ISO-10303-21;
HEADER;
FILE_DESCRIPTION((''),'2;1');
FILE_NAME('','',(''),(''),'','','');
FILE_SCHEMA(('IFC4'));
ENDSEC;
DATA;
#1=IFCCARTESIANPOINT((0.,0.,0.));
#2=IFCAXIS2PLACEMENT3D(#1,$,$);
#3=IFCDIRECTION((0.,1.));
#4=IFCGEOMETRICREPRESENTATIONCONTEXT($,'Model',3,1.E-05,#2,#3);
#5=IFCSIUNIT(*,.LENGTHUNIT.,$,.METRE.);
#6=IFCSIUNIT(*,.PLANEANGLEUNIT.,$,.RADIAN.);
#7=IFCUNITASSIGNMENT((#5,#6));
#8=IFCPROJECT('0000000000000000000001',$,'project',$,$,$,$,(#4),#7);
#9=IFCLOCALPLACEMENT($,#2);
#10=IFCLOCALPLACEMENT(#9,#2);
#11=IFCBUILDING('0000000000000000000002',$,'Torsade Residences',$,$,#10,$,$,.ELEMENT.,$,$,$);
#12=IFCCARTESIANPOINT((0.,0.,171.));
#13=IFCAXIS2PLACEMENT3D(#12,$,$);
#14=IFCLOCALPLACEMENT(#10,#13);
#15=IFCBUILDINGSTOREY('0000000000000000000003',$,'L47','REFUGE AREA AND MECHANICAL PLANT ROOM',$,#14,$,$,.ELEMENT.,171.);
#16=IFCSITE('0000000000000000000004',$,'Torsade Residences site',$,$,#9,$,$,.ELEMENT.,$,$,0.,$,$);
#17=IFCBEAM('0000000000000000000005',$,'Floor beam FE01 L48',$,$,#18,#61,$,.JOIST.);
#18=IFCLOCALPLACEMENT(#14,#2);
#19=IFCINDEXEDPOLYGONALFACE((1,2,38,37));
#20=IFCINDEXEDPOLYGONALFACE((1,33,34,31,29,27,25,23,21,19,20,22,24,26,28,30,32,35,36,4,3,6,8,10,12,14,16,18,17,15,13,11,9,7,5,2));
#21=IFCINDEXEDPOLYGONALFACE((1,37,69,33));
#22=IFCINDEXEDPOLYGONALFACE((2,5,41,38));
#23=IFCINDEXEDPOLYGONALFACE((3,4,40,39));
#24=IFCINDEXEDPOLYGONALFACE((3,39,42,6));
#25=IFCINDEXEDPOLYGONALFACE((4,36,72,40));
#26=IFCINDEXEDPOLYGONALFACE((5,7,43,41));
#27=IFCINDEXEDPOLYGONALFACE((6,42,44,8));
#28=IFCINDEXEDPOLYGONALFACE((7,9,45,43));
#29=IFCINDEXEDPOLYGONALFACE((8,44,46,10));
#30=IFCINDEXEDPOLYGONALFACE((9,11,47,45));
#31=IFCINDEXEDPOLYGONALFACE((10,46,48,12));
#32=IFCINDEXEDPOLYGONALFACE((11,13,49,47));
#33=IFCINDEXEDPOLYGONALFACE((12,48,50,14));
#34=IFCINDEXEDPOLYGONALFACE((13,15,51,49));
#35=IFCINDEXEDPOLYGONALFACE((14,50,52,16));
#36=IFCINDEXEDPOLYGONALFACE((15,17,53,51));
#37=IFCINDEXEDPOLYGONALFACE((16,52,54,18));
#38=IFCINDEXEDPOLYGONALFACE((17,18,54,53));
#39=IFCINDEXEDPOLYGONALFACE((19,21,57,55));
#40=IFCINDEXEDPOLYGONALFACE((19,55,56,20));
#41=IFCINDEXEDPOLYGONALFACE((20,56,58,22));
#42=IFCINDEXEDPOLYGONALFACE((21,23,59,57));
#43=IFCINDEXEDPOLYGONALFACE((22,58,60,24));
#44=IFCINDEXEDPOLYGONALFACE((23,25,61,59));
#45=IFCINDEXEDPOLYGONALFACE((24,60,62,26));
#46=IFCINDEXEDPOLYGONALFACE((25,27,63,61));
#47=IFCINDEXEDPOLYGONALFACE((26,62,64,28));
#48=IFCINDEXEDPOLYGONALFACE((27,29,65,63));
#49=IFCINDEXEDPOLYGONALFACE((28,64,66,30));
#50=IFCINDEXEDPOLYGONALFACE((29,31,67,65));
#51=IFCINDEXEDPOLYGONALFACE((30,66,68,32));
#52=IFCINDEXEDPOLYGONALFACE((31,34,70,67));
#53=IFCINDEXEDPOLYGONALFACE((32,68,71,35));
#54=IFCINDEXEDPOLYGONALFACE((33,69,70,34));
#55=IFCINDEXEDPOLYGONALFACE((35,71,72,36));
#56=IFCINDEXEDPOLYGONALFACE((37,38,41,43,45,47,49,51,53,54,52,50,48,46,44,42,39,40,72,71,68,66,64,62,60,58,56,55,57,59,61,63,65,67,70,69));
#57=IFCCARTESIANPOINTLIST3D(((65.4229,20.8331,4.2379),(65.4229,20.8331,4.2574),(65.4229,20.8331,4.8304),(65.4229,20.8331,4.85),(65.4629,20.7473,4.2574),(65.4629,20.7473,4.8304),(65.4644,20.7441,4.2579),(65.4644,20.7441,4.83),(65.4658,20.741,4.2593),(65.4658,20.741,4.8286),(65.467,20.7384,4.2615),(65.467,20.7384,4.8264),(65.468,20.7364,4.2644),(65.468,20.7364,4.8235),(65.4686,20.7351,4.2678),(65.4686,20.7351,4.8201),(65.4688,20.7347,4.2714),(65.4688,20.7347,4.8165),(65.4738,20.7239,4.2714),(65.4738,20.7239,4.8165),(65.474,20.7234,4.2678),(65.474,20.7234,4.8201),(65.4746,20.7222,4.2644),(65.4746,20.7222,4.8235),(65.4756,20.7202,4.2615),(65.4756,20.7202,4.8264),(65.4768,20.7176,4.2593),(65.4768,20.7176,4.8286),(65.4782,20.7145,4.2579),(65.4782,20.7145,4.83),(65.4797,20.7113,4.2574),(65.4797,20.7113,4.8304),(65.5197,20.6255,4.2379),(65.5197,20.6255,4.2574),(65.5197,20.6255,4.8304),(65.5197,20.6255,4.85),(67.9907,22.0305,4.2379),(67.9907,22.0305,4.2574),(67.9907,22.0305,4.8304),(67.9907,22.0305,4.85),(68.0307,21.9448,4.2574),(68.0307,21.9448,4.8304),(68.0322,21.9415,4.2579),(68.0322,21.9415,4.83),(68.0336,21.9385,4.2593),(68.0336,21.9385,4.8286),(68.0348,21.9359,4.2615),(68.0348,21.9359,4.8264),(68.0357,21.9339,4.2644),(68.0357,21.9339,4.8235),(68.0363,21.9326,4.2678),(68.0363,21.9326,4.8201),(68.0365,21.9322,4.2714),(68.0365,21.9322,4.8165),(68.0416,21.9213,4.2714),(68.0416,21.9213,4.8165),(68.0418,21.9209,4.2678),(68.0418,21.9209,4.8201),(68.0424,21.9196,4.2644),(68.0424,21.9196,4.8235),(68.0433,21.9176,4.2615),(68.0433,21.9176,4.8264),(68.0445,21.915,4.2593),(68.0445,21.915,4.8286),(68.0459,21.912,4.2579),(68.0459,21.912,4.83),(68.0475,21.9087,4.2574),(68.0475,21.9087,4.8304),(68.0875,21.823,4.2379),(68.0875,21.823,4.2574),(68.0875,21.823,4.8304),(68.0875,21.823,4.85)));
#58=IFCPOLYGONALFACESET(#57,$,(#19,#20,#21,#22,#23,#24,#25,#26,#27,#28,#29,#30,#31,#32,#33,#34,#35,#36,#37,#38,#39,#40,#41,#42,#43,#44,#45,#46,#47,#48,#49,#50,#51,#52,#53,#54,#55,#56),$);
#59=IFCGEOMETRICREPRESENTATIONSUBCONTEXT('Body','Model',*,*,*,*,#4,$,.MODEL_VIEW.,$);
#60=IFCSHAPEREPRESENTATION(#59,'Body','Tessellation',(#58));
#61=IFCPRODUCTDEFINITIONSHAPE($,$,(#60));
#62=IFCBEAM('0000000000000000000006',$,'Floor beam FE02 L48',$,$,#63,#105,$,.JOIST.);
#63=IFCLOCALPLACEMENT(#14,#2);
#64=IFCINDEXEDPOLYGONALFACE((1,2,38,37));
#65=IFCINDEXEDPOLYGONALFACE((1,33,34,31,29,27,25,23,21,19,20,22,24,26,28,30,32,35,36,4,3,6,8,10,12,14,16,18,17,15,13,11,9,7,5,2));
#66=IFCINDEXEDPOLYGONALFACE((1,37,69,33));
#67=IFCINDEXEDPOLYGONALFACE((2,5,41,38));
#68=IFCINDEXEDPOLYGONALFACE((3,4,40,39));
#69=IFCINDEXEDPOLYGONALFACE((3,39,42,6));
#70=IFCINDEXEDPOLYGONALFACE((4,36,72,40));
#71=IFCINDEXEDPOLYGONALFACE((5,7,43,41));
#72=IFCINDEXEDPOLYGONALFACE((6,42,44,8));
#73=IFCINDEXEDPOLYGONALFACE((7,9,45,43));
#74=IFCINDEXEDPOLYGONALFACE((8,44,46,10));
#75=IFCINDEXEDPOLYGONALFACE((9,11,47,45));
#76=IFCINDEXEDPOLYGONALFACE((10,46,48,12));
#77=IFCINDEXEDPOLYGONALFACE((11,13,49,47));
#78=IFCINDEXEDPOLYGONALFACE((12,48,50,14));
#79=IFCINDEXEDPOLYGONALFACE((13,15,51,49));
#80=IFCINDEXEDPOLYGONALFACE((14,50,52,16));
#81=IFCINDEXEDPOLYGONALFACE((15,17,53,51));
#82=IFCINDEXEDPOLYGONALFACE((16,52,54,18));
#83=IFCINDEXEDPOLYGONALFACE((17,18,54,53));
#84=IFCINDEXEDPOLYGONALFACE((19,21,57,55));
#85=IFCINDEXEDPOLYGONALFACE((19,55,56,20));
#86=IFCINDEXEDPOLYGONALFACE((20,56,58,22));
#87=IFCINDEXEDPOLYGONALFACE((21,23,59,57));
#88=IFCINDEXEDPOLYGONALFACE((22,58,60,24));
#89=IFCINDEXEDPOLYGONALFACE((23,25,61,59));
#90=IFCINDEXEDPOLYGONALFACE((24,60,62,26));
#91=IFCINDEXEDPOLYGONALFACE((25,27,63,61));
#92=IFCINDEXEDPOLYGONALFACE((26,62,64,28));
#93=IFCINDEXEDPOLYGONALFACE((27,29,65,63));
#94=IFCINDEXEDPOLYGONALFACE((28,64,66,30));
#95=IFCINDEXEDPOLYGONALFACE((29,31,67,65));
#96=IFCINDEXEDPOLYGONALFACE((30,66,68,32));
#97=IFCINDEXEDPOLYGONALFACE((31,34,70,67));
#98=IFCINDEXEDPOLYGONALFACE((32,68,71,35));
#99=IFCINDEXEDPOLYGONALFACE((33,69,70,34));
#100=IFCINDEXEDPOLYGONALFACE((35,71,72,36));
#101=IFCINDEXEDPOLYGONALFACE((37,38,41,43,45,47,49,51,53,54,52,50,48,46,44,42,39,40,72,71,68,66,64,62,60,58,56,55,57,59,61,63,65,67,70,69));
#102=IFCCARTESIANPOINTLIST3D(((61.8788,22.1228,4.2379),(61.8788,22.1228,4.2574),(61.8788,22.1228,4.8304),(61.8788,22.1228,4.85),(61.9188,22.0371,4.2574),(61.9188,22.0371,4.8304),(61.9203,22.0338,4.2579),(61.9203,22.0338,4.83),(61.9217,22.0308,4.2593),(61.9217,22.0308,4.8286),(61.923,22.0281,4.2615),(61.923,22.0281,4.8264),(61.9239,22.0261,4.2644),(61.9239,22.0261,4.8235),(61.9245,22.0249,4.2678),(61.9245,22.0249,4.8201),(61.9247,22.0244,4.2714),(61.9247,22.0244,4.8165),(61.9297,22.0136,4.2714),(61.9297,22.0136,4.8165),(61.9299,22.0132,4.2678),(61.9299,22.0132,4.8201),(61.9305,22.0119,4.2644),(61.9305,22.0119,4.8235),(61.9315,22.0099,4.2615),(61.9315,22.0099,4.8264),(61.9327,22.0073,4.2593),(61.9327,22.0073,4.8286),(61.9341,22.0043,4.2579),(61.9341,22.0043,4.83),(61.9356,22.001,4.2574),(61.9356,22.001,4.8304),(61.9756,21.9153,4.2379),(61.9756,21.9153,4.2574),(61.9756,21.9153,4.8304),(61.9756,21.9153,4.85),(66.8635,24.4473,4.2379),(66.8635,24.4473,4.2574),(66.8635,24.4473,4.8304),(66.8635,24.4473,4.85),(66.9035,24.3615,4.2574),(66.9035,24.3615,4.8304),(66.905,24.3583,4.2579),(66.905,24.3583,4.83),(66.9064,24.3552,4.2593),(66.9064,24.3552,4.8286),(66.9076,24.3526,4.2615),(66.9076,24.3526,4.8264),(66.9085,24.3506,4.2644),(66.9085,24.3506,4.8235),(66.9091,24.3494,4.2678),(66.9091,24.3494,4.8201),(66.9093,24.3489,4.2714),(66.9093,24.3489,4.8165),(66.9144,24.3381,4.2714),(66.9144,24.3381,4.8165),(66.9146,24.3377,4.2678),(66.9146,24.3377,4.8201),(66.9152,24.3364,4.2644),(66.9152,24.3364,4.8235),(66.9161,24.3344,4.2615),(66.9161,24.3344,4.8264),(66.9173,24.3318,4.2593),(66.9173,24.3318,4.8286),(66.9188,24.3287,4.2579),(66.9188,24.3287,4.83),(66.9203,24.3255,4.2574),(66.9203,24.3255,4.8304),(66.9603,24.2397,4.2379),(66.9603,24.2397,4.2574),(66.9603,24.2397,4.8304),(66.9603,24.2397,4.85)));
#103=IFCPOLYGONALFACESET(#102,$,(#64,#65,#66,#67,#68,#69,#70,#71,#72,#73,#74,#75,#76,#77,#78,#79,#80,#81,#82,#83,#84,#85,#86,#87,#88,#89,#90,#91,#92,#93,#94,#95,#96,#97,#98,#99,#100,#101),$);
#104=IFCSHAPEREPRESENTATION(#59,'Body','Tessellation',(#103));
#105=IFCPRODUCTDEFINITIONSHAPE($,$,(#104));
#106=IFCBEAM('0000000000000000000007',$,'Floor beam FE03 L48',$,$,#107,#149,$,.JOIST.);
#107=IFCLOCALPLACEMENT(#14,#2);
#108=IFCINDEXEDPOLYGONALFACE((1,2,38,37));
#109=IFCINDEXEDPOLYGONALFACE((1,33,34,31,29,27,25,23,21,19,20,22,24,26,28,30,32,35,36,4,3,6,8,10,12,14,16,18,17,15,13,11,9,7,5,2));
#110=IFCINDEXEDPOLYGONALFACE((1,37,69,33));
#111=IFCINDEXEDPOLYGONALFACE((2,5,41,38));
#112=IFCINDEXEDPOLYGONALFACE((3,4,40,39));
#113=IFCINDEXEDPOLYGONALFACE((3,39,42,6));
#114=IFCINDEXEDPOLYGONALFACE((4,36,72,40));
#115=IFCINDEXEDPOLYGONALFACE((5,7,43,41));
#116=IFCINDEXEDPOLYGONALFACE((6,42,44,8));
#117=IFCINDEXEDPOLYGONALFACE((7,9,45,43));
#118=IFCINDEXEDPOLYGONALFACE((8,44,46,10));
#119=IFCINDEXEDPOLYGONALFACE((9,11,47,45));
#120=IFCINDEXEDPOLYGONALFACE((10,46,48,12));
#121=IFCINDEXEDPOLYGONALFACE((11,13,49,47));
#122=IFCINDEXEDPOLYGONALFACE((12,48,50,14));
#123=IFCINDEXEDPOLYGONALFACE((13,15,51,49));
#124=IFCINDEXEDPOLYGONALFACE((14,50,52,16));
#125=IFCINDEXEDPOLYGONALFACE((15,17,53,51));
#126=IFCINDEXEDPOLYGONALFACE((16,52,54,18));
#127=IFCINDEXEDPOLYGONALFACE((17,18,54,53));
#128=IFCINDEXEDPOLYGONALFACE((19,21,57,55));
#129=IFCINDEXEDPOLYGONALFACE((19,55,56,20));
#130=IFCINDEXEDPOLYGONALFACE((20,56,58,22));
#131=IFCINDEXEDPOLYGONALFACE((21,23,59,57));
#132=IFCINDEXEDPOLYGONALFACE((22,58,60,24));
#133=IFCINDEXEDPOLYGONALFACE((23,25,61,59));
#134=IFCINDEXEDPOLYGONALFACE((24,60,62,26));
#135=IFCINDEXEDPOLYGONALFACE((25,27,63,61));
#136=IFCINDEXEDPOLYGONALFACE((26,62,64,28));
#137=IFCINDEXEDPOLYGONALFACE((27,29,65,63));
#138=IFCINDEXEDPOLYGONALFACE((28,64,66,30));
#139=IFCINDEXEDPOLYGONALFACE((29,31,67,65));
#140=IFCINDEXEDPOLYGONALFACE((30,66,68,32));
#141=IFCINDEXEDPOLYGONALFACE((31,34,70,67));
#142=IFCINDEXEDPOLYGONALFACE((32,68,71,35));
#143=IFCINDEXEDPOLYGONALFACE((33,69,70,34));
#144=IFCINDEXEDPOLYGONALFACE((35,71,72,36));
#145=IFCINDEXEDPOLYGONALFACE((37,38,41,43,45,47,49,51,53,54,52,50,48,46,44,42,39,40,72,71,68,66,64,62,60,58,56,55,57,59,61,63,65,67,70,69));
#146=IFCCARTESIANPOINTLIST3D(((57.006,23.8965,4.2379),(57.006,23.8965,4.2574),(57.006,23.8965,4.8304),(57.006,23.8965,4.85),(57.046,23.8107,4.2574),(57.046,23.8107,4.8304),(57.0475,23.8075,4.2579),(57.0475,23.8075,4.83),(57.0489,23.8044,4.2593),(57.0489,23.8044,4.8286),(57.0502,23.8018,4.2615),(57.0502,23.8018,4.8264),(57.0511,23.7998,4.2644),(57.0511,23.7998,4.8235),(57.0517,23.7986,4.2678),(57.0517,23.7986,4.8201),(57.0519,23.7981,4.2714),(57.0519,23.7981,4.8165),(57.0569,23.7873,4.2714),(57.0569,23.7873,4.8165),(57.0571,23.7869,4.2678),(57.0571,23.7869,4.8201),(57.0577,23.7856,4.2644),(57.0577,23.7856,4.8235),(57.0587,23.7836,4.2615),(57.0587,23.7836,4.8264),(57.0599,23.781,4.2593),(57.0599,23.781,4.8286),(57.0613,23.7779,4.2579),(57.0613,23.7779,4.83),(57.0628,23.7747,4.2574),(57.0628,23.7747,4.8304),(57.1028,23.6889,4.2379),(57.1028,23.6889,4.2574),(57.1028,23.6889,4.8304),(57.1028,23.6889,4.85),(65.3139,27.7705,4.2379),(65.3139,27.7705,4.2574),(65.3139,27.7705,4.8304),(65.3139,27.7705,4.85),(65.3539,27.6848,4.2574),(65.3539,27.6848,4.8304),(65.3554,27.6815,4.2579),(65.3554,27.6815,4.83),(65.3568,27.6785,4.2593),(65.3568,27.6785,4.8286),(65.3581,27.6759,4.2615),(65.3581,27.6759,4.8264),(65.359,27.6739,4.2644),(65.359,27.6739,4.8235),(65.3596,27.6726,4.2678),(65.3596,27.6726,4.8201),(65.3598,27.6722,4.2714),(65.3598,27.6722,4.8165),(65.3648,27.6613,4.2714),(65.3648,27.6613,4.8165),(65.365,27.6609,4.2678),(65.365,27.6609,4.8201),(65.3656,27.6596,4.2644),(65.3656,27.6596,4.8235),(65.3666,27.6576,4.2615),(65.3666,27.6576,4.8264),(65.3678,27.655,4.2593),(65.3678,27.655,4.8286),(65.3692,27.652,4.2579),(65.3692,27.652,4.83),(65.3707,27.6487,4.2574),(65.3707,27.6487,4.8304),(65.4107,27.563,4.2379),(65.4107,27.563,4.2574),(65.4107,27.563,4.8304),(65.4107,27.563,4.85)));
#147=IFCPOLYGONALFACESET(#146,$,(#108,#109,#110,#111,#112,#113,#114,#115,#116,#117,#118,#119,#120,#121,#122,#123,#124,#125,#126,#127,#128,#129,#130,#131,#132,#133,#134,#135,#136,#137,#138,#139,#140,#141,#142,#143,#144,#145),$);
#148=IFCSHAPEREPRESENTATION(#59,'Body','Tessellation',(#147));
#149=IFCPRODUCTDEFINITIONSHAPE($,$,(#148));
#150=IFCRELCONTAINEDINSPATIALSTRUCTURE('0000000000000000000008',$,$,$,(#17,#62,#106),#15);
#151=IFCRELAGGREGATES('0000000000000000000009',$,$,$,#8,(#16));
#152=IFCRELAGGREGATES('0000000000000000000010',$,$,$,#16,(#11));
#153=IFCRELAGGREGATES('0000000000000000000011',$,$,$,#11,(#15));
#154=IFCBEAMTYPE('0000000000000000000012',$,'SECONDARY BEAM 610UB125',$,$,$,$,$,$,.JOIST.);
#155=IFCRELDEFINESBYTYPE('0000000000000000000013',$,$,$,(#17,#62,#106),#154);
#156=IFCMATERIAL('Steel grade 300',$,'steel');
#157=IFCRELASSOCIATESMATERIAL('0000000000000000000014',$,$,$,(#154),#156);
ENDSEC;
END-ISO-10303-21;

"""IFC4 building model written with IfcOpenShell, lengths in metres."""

from ifc_helpers import new_model, si_unit, direction, frame, origin, origin_2d, place, context, subcontext, project, spatial, i_section, extrude, material, material_profile, profile_set, type_object, element, save


model = new_model("IFC4")

# Units and contexts
model_context = context("Model", 3, precision=1e-05, world=origin(), true_north=direction((0.0, 1.0)))
body_context = subcontext(model_context, "Body", "Model", "MODEL_VIEW")
ifc_project = project(units=[si_unit("LENGTHUNIT", "METRE"), si_unit("PLANEANGLEUNIT", "RADIAN")], contexts=[model_context])

# Site, building, storey
site_placement = place(None, origin())
site = spatial("IfcSite", under=ifc_project, at=site_placement, Name="Torsade Residences site", CompositionType="ELEMENT", RefElevation=0.0)
building_placement = place(site_placement, origin())
building = spatial("IfcBuilding", under=site, at=building_placement, Name="Torsade Residences", CompositionType="ELEMENT")
storey_placement = place(building_placement, frame((0.0, 0.0, 171.0)))
storey = spatial("IfcBuildingStorey", under=building, at=storey_placement, Name="L47", Description="REFUGE AREA AND MECHANICAL PLANT ROOM", CompositionType="ELEMENT", Elevation=171.0)

# Beams
ifc_material_1 = material(Name="Steel grade 300", Category="steel")
ifc_material_profile_1 = material_profile(ifc_material_1, i_section(OverallWidth=0.229, OverallDepth=0.6121, WebThickness=0.012, FlangeThickness=0.0195, FilletRadius=0.0139, at=origin_2d()), Name="610UB125")
ifc_profile_set_1 = profile_set([ifc_material_profile_1], Name="Steel grade 300")
beam_type_1 = type_object("IfcBeamType", Name="SECONDARY BEAM 610UB125", PredefinedType="JOIST", material=ifc_profile_set_1)
for number, where, z_axis, x_axis, name in (
    (1, (68.0391, 21.9268, 4.5439), (-0.906295, -0.422645, 0.0), (0.422645, -0.906295, 0.0), "Floor beam FE01 L48"),
):
    element("IfcBeam", number, at=place(storey_placement, frame(where, z_axis=z_axis, x_axis=x_axis)), inside=storey, type_object=beam_type_1, Name=name, PredefinedType="JOIST", context=body_context, shape_type="SweptSolid", body=[
        extrude(i_section(OverallWidth=0.229, OverallDepth=0.6121, WebThickness=0.012, FlangeThickness=0.0195, FilletRadius=0.0139, at=origin_2d()), origin(), (0.0, 0.0, 1.0), 2.8333),
    ])
beam_1_placement = place(storey_placement, frame((66.9119, 24.3435, 4.5439), z_axis=(-0.906301, -0.422633, 0.0), x_axis=(0.422633, -0.906301, 0.0)))
element("IfcBeam", 2, at=beam_1_placement, inside=storey, type_object=beam_type_1, Name="Floor beam FE02 L48", PredefinedType="JOIST", context=body_context, shape_type="SweptSolid", body=[
    extrude(i_section(OverallWidth=0.229, OverallDepth=0.6121, WebThickness=0.012, FlangeThickness=0.0195, FilletRadius=0.0139, at=origin_2d()), origin(), (0.0, 0.0, 1.0), 5.5),
])
beam_2_placement = place(storey_placement, frame((65.3623, 27.6667, 4.5439), z_axis=(-0.906308, -0.422619, 0.0), x_axis=(0.422619, -0.906308, 0.0)))
element("IfcBeam", 3, at=beam_2_placement, inside=storey, type_object=beam_type_1, Name="Floor beam FE03 L48", PredefinedType="JOIST", context=body_context, shape_type="SweptSolid", body=[
    extrude(i_section(OverallWidth=0.229, OverallDepth=0.6121, WebThickness=0.012, FlangeThickness=0.0195, FilletRadius=0.0139, at=origin_2d()), origin(), (0.0, 0.0, 1.0), 9.1667),
])

save(model, "model.ifc")
